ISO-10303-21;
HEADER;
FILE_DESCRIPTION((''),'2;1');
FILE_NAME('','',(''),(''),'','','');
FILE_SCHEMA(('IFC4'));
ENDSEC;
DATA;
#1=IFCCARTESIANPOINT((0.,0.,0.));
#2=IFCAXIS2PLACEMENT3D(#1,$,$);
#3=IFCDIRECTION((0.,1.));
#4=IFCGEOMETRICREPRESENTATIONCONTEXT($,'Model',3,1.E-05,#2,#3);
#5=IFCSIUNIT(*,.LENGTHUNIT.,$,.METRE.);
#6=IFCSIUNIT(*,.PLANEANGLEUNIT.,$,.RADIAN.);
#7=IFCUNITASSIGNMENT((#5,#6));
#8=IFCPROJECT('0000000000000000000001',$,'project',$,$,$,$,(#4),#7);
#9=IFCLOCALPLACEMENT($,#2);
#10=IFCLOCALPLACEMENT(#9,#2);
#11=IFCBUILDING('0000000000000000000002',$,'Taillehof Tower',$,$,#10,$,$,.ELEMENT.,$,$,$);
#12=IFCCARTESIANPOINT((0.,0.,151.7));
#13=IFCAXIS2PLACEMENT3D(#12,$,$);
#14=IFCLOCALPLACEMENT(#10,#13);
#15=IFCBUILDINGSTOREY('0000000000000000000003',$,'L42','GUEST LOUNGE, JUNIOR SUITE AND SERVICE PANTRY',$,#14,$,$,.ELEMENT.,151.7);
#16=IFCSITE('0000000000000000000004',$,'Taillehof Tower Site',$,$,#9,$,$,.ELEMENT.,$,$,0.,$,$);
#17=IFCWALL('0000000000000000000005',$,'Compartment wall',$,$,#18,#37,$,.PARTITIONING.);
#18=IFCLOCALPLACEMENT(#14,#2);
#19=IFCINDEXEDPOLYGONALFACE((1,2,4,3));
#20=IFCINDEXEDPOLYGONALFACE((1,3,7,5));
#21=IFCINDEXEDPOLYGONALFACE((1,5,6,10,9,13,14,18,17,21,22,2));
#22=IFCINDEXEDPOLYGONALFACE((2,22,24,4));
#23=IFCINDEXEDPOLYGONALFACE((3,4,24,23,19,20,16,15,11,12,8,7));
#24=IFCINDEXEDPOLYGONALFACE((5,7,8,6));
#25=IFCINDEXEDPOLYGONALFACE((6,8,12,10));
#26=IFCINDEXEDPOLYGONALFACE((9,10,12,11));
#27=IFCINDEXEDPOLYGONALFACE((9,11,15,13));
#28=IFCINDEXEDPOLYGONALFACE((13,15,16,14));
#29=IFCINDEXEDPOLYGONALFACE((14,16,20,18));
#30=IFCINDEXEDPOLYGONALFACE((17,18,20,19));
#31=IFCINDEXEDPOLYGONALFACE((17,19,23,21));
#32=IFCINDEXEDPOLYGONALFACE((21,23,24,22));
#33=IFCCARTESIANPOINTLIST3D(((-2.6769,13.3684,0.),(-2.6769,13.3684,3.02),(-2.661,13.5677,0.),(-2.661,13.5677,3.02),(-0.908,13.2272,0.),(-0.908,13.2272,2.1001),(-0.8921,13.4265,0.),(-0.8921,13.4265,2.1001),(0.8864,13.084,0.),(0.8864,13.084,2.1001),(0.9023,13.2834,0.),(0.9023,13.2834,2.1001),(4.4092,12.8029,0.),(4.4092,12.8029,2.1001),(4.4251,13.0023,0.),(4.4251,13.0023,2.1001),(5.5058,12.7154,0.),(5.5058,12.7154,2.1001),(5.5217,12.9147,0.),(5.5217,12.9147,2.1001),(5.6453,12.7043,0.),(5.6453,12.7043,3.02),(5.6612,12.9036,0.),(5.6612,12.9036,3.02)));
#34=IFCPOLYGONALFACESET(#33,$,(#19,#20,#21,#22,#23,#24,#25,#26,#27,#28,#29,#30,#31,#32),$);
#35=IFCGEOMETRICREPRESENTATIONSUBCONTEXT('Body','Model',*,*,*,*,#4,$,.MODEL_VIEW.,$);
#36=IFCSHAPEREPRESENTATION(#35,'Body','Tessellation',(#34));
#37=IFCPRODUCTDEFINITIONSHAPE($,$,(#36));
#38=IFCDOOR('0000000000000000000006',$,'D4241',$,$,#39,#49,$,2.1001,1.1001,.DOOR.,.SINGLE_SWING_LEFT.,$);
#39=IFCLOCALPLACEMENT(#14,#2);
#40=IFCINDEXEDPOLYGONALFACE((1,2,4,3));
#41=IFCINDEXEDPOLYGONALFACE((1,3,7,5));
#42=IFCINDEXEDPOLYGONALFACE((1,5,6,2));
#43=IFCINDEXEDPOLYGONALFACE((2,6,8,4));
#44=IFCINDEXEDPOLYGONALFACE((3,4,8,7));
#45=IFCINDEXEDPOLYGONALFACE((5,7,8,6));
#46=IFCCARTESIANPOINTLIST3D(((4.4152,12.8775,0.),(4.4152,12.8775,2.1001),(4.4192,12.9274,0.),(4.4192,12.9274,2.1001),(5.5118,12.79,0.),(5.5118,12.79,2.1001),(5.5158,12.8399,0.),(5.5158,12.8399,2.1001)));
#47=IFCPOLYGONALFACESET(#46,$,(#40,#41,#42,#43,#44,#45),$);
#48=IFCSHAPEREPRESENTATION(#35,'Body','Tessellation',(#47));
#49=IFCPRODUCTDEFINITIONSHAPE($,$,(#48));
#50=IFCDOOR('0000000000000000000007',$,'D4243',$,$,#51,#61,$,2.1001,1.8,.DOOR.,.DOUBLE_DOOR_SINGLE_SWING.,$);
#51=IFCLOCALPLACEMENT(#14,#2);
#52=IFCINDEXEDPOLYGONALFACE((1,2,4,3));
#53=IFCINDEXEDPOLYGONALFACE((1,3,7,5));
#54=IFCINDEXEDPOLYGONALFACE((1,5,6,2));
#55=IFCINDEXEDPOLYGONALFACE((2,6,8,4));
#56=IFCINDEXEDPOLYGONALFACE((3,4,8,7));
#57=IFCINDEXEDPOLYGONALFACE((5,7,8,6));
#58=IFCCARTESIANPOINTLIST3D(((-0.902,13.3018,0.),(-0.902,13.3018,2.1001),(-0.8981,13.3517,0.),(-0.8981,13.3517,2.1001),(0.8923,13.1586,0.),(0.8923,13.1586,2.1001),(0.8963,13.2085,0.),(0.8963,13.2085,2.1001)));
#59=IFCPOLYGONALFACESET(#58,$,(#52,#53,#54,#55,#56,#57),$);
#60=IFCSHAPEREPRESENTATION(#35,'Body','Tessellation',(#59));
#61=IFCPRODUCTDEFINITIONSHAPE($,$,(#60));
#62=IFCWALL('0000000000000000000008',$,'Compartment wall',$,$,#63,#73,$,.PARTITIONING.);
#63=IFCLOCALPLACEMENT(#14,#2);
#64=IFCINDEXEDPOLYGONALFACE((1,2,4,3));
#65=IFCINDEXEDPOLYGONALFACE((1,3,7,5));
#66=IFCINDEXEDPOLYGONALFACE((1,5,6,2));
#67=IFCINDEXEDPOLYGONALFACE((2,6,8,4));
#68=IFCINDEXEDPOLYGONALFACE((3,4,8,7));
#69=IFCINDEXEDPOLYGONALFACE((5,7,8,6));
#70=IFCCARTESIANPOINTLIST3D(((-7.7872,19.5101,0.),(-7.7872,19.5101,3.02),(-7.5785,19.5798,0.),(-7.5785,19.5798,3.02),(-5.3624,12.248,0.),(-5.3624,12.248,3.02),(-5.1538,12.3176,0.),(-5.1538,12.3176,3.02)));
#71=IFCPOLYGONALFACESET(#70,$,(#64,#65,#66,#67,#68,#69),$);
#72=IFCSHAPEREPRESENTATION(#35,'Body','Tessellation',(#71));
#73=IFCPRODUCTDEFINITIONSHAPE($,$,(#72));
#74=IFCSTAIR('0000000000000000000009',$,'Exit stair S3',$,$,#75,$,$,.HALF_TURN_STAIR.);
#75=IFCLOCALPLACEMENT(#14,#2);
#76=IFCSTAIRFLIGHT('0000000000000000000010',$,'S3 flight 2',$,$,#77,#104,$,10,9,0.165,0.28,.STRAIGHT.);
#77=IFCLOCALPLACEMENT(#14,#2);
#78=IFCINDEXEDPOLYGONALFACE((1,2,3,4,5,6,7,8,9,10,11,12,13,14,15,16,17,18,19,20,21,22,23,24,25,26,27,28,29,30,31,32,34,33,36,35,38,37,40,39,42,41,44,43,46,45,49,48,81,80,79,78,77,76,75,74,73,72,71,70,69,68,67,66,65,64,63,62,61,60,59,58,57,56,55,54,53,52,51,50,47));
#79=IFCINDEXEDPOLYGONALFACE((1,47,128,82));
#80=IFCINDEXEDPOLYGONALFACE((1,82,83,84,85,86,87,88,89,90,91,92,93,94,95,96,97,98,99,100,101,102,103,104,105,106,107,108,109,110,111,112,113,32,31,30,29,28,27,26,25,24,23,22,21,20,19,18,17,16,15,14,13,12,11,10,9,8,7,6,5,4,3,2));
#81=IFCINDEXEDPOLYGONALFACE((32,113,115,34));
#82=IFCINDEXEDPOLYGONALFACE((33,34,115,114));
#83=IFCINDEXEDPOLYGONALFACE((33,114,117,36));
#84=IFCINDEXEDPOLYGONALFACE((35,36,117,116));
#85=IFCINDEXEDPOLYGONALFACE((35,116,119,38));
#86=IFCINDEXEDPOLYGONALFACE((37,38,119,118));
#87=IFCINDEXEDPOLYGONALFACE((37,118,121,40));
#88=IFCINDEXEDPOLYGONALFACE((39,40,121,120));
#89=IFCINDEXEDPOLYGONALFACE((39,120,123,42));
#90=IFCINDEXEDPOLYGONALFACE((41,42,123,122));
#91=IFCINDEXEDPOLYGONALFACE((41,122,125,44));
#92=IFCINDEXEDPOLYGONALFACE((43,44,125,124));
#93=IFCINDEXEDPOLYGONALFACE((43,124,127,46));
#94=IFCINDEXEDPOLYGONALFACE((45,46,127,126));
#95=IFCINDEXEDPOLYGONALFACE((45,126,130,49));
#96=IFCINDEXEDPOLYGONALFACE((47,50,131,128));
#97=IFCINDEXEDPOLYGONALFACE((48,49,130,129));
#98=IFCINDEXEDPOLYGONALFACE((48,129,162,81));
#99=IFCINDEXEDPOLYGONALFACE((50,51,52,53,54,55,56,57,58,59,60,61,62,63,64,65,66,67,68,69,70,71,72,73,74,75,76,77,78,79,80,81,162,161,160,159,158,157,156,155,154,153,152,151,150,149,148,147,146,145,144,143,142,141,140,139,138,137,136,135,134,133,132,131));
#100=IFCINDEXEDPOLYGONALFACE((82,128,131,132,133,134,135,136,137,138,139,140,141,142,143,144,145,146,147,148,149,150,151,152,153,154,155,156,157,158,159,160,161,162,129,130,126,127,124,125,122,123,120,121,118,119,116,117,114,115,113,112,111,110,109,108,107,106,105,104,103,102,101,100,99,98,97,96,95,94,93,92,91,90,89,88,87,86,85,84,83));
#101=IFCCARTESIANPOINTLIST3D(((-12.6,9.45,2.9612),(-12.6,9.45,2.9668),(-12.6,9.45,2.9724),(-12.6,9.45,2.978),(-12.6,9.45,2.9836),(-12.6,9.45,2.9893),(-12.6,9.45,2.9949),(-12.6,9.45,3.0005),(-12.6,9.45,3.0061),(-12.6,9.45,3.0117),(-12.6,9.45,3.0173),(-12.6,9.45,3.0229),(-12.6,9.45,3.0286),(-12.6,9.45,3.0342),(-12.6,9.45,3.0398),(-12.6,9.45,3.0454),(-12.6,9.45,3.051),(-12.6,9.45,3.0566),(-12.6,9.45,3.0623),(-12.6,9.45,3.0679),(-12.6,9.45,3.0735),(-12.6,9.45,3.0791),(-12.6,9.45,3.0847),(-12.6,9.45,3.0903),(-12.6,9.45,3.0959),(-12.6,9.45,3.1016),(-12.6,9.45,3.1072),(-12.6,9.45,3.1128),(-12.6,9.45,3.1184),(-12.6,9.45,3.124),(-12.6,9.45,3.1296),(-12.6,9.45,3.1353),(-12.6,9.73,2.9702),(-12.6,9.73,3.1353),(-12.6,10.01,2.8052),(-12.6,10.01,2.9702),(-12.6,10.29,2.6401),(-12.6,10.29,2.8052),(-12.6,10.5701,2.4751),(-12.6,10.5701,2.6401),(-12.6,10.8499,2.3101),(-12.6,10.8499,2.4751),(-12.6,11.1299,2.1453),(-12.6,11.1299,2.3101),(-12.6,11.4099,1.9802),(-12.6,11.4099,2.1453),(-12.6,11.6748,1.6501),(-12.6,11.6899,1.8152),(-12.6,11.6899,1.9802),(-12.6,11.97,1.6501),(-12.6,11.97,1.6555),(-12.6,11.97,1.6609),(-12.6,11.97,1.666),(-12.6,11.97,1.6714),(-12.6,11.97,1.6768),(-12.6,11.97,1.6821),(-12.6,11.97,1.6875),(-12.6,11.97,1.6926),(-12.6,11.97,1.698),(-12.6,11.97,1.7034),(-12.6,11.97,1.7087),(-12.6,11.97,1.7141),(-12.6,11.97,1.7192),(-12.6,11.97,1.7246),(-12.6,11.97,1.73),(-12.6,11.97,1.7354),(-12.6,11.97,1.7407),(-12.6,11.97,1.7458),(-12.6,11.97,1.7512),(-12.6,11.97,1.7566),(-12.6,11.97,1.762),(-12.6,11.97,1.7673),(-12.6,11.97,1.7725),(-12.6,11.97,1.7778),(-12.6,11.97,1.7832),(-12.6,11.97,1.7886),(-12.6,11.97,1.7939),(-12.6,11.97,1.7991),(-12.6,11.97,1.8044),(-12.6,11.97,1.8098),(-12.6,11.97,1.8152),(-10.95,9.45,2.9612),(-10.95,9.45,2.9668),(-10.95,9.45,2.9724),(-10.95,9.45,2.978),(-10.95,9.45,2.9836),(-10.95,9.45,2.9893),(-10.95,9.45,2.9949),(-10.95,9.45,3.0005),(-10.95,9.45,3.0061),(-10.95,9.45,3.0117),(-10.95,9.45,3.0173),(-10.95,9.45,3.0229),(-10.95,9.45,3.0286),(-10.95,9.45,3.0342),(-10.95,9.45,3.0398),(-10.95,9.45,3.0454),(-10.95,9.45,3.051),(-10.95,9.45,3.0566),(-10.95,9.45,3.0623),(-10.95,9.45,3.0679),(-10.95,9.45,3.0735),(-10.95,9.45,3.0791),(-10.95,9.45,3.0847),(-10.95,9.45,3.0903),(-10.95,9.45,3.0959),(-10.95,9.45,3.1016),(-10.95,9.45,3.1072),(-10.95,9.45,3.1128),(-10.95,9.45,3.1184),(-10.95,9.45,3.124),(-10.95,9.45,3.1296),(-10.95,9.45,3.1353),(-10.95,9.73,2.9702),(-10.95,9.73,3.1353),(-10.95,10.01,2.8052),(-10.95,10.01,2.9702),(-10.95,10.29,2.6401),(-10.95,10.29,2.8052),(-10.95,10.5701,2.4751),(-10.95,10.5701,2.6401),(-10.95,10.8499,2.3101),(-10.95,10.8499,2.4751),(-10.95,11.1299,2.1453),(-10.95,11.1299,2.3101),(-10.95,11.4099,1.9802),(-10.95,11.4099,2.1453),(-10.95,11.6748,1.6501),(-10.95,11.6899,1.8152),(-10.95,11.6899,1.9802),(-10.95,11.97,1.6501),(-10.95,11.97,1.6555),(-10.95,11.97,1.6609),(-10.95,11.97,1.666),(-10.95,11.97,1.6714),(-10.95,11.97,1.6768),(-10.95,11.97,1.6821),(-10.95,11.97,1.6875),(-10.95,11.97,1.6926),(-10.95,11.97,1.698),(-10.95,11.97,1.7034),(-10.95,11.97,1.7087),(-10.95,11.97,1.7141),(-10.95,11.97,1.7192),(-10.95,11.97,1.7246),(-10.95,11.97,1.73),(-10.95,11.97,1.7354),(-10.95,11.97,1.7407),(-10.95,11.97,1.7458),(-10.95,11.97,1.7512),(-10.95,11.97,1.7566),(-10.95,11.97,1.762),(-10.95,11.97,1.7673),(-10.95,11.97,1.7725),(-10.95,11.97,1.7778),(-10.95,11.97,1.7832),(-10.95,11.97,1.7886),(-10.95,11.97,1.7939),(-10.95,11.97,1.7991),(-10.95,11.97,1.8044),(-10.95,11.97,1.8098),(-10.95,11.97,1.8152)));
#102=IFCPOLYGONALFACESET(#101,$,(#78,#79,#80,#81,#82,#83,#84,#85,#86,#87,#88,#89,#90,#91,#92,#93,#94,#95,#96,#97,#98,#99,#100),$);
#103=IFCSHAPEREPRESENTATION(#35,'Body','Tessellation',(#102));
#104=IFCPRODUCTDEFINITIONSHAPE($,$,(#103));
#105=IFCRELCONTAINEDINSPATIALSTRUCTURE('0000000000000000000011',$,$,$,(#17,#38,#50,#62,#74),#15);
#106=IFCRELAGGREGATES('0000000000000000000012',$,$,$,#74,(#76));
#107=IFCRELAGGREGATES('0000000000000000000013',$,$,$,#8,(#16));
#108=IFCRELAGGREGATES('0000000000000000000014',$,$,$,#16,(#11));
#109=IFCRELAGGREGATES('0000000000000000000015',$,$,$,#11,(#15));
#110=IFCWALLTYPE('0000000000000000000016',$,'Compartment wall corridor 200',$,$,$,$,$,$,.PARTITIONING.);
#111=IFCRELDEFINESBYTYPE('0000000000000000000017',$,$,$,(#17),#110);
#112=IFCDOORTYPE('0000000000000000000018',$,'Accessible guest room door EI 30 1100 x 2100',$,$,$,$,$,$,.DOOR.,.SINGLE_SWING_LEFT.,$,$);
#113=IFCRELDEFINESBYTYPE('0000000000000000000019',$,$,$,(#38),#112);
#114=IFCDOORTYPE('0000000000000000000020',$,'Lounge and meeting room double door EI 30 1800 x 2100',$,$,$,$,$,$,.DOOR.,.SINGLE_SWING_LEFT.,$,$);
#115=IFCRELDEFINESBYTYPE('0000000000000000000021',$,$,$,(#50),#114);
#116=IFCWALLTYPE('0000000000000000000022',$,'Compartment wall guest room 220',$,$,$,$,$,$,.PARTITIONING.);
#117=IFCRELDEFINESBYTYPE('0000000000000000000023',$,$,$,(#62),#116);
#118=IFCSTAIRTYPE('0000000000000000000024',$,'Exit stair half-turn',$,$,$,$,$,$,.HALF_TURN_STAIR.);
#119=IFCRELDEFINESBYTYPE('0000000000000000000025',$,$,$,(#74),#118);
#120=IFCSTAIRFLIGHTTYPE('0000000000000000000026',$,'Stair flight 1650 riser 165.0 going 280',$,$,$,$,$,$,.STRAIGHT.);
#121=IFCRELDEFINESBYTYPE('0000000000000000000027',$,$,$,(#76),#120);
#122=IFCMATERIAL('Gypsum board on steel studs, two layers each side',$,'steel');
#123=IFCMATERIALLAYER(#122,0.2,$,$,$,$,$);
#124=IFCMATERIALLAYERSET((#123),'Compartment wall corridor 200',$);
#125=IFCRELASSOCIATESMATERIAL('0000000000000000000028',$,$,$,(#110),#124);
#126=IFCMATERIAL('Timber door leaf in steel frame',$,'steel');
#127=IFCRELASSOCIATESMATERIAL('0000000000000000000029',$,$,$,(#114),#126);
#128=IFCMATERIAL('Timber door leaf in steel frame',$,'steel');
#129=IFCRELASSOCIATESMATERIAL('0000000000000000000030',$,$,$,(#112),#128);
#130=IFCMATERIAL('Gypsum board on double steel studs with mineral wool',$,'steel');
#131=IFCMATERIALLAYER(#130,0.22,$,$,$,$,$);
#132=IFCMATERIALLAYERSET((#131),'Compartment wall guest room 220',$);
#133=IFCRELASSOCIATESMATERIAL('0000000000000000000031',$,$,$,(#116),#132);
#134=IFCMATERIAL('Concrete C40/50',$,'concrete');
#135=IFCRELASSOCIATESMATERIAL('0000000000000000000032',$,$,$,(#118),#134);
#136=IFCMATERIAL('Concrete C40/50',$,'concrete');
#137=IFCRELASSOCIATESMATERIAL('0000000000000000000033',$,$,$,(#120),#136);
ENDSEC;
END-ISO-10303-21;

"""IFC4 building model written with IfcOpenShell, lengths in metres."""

from ifc_helpers import new_model, si_unit, direction, frame, frame_2d, origin, place, context, subcontext, project, spatial, polyline, rectangle, outline, extrude, material, layer, layer_set, type_object, element, fill, aggregate, save


model = new_model("IFC4")

# Units and contexts
model_context = context("Model", 3, precision=1e-05, world=origin(), true_north=direction((0.0, 1.0)))
body_context = subcontext(model_context, "Body", "Model", "MODEL_VIEW")
ifc_project = project(units=[si_unit("LENGTHUNIT", "METRE"), si_unit("PLANEANGLEUNIT", "RADIAN")], contexts=[model_context])

# Site, building, storey
site_placement = place(None, origin())
site = spatial("IfcSite", under=ifc_project, at=site_placement, Name="Taillehof Tower Site", CompositionType="ELEMENT", RefElevation=0.0)
building_placement = place(site_placement, origin())
building = spatial("IfcBuilding", under=site, at=building_placement, Name="Taillehof Tower", CompositionType="ELEMENT")
storey_placement = place(building_placement, frame((0.0, 0.0, 151.7)))
storey = spatial("IfcBuildingStorey", under=building, at=storey_placement, Name="L42", Description="GUEST LOUNGE, JUNIOR SUITE AND SERVICE PANTRY", CompositionType="ELEMENT", Elevation=151.7)

# Shared definitions
ifc_material_1 = material(Name="Gypsum board on steel studs, two layers each side", Category="steel")
ifc_layer_1 = layer(ifc_material_1, 0.2)
ifc_layer_set_1 = layer_set([ifc_layer_1], Name="Compartment wall corridor 200")
wall_type_1 = type_object("IfcWallType", Name="Compartment wall corridor 200", PredefinedType="PARTITIONING", material=ifc_layer_set_1)

# Shared definitions
ifc_material_2 = material(Name="Timber door leaf in steel frame", Category="steel")
door_type_1 = type_object("IfcDoorType", Name="Lounge and meeting room double door EI 30 1800 x 2100", OperationType="SINGLE_SWING_LEFT", PredefinedType="DOOR", material=ifc_material_2)

# Wall, openings, doors
wall_1_placement = place(storey_placement, frame((-2.6689, 13.468, 0.0), z_axis=(0.0, 0.0, 1.0), x_axis=(0.996832, -0.079541, 0.0)))
wall_1 = element("IfcWall", 1, at=wall_1_placement, inside=storey, type_object=wall_type_1, Name="Compartment wall", PredefinedType="PARTITIONING", context=body_context, shape_type="SweptSolid", body=[
    extrude(rectangle(XDim=8.3486, YDim=0.2, at=frame_2d((4.1743, 0.0))), origin(), (0.0, 0.0, 1.0), 3.02),
])
opening_1_placement = place(wall_1_placement, frame((7.1086, 0.0, 0.0)))
opening_1 = element("IfcOpeningElement", 2, at=opening_1_placement, cuts=wall_1, PredefinedType="OPENING", context=body_context, shape_type="SweptSolid", body=[
    extrude(rectangle(XDim=1.1001, YDim=2.1001, at=frame_2d((0.55, 1.05))), frame((0.0, 0.1099, 0.0), z_axis=(0.0, -1.0, 0.0), x_axis=(1.0, 0.0, 0.0)), (0.0, 0.0, 1.0), 0.22),
])
opening_2_placement = place(wall_1_placement, frame((1.7747, 0.0, 0.0)))
opening_2 = element("IfcOpeningElement", 3, at=opening_2_placement, cuts=wall_1, PredefinedType="OPENING", context=body_context, shape_type="SweptSolid", body=[
    extrude(rectangle(XDim=1.8, YDim=2.1001, at=frame_2d((0.8999, 1.05))), frame((0.0, 0.1099, 0.0), z_axis=(0.0, -1.0, 0.0), x_axis=(1.0, 0.0, 0.0)), (0.0, 0.0, 1.0), 0.22),
])
ifc_material_3 = material(Name="Timber door leaf in steel frame", Category="steel")
door_type_2 = type_object("IfcDoorType", Name="Accessible guest room door EI 30 1100 x 2100", OperationType="SINGLE_SWING_LEFT", PredefinedType="DOOR", material=ifc_material_3)
door_1_placement = place(opening_1_placement, origin())
door_1 = element("IfcDoor", 4, at=door_1_placement, inside=storey, type_object=door_type_2, Name="D4241", OperationType="SINGLE_SWING_LEFT", OverallHeight=2.1001, OverallWidth=1.1001, PredefinedType="DOOR", context=body_context, shape_type="SweptSolid", body=[
    extrude(rectangle(XDim=1.1001, YDim=2.1001, at=frame_2d((0.55, 1.05))), frame((0.0, 0.0249, 0.0), z_axis=(0.0, -1.0, 0.0), x_axis=(1.0, 0.0, 0.0)), (0.0, 0.0, 1.0), 0.05),
])
fill(opening_1, door_1)
door_2_placement = place(opening_2_placement, origin())
door_2 = element("IfcDoor", 5, at=door_2_placement, inside=storey, type_object=door_type_1, Name="D4243", OperationType="DOUBLE_DOOR_SINGLE_SWING", OverallHeight=2.1001, OverallWidth=1.8, PredefinedType="DOOR", context=body_context, shape_type="SweptSolid", body=[
    extrude(rectangle(XDim=1.8, YDim=2.1001, at=frame_2d((0.8999, 1.05))), frame((0.0, 0.0249, 0.0), z_axis=(0.0, -1.0, 0.0), x_axis=(1.0, 0.0, 0.0)), (0.0, 0.0, 1.0), 0.05),
])
fill(opening_2, door_2)

# Wall
ifc_material_4 = material(Name="Gypsum board on double steel studs with mineral wool", Category="steel")
ifc_layer_2 = layer(ifc_material_4, 0.22)
ifc_layer_set_2 = layer_set([ifc_layer_2], Name="Compartment wall guest room 220")
wall_type_2 = type_object("IfcWallType", Name="Compartment wall guest room 220", PredefinedType="PARTITIONING", material=ifc_layer_set_2)
wall_2_placement = place(storey_placement, frame((-7.6829, 19.5449, 0.0), z_axis=(0.0, 0.0, 1.0), x_axis=(0.316706, -0.948524, 0.0)))
element("IfcWall", 6, at=wall_2_placement, inside=storey, type_object=wall_type_2, Name="Compartment wall", PredefinedType="PARTITIONING", context=body_context, shape_type="SweptSolid", body=[
    extrude(rectangle(XDim=7.6562, YDim=0.22, at=frame_2d((3.8281, 0.0))), origin(), (0.0, 0.0, 1.0), 3.02),
])

# Stair, stair flight
ifc_material_5 = material(Name="Concrete C40/50", Category="concrete")
stair_type = type_object("IfcStairType", Name="Exit stair half-turn", PredefinedType="HALF_TURN_STAIR", material=ifc_material_5)
stair_placement = place(storey_placement, origin())
stair = element("IfcStair", 7, at=stair_placement, inside=storey, type_object=stair_type, Name="Exit stair S3", PredefinedType="HALF_TURN_STAIR")
ifc_material_6 = material(Name="Concrete C40/50", Category="concrete")
stair_flight_type = type_object("IfcStairFlightType", Name="Stair flight 1650 riser 165.0 going 280", PredefinedType="STRAIGHT", material=ifc_material_6)
stair_flight_placement = place(storey_placement, frame((-11.7749, 11.97, 1.6501), z_axis=(0.0, 0.0, 1.0), x_axis=(0.0, -1.0, 0.0)))
stair_flight = element("IfcStairFlight", 8, at=stair_flight_placement, type_object=stair_flight_type, Name="S3 flight 2", NumberOfRisers=10, NumberOfTreads=9, PredefinedType="STRAIGHT", RiserHeight=0.165, TreadLength=0.28, context=body_context, shape_type="SweptSolid", body=[
    extrude(outline(polyline([(0.0, 0.0), (0.0, 0.0054), (0.0, 0.0107), (0.0, 0.0159), (0.0, 0.0212), (0.0, 0.0266), (0.0, 0.032), (0.0, 0.0374), (0.0, 0.0425), (0.0, 0.0479), (0.0, 0.0532), (0.0, 0.0586), (0.0, 0.064), (0.0, 0.0691), (0.0, 0.0745), (0.0, 0.0798), (0.0, 0.0852), (0.0, 0.0906), (0.0, 0.0957), (0.0, 0.1011), (0.0, 0.1064), (0.0, 0.1118), (0.0, 0.1172), (0.0, 0.1223), (0.0, 0.1277), (0.0, 0.1331), (0.0, 0.1384), (0.0, 0.1438), (0.0, 0.1489), (0.0, 0.1543), (0.0, 0.1597), (0.0, 0.165), (0.28, 0.165), (0.28, 0.3301), (0.5601, 0.3301), (0.5601, 0.4951), (0.8401, 0.4951), (0.8401, 0.6599), (1.1201, 0.6599), (1.1201, 0.825), (1.3999, 0.825), (1.3999, 0.99), (1.6799, 0.99), (1.6799, 1.155), (1.96, 1.155), (1.96, 1.3201), (2.24, 1.3201), (2.24, 1.4851), (2.52, 1.4851), (2.52, 1.4795), (2.52, 1.4739), (2.52, 1.4683), (2.52, 1.4626), (2.52, 1.457), (2.52, 1.4514), (2.52, 1.4458), (2.52, 1.4402), (2.52, 1.4346), (2.52, 1.429), (2.52, 1.4233), (2.52, 1.4177), (2.52, 1.4121), (2.52, 1.4065), (2.52, 1.4009), (2.52, 1.3953), (2.52, 1.3896), (2.52, 1.384), (2.52, 1.3784), (2.52, 1.3728), (2.52, 1.3672), (2.52, 1.3616), (2.52, 1.356), (2.52, 1.3503), (2.52, 1.3447), (2.52, 1.3391), (2.52, 1.3335), (2.52, 1.3279), (2.52, 1.3223), (2.52, 1.3167), (2.52, 1.311), (0.2952, 0.0), (0.0, 0.0)])), frame((0.0, 0.825, 0.0), z_axis=(0.0, -1.0, 0.0), x_axis=(1.0, 0.0, 0.0)), (0.0, 0.0, 1.0), 1.65),
])
aggregate(stair, [stair_flight])

save(model, "model.ifc")
